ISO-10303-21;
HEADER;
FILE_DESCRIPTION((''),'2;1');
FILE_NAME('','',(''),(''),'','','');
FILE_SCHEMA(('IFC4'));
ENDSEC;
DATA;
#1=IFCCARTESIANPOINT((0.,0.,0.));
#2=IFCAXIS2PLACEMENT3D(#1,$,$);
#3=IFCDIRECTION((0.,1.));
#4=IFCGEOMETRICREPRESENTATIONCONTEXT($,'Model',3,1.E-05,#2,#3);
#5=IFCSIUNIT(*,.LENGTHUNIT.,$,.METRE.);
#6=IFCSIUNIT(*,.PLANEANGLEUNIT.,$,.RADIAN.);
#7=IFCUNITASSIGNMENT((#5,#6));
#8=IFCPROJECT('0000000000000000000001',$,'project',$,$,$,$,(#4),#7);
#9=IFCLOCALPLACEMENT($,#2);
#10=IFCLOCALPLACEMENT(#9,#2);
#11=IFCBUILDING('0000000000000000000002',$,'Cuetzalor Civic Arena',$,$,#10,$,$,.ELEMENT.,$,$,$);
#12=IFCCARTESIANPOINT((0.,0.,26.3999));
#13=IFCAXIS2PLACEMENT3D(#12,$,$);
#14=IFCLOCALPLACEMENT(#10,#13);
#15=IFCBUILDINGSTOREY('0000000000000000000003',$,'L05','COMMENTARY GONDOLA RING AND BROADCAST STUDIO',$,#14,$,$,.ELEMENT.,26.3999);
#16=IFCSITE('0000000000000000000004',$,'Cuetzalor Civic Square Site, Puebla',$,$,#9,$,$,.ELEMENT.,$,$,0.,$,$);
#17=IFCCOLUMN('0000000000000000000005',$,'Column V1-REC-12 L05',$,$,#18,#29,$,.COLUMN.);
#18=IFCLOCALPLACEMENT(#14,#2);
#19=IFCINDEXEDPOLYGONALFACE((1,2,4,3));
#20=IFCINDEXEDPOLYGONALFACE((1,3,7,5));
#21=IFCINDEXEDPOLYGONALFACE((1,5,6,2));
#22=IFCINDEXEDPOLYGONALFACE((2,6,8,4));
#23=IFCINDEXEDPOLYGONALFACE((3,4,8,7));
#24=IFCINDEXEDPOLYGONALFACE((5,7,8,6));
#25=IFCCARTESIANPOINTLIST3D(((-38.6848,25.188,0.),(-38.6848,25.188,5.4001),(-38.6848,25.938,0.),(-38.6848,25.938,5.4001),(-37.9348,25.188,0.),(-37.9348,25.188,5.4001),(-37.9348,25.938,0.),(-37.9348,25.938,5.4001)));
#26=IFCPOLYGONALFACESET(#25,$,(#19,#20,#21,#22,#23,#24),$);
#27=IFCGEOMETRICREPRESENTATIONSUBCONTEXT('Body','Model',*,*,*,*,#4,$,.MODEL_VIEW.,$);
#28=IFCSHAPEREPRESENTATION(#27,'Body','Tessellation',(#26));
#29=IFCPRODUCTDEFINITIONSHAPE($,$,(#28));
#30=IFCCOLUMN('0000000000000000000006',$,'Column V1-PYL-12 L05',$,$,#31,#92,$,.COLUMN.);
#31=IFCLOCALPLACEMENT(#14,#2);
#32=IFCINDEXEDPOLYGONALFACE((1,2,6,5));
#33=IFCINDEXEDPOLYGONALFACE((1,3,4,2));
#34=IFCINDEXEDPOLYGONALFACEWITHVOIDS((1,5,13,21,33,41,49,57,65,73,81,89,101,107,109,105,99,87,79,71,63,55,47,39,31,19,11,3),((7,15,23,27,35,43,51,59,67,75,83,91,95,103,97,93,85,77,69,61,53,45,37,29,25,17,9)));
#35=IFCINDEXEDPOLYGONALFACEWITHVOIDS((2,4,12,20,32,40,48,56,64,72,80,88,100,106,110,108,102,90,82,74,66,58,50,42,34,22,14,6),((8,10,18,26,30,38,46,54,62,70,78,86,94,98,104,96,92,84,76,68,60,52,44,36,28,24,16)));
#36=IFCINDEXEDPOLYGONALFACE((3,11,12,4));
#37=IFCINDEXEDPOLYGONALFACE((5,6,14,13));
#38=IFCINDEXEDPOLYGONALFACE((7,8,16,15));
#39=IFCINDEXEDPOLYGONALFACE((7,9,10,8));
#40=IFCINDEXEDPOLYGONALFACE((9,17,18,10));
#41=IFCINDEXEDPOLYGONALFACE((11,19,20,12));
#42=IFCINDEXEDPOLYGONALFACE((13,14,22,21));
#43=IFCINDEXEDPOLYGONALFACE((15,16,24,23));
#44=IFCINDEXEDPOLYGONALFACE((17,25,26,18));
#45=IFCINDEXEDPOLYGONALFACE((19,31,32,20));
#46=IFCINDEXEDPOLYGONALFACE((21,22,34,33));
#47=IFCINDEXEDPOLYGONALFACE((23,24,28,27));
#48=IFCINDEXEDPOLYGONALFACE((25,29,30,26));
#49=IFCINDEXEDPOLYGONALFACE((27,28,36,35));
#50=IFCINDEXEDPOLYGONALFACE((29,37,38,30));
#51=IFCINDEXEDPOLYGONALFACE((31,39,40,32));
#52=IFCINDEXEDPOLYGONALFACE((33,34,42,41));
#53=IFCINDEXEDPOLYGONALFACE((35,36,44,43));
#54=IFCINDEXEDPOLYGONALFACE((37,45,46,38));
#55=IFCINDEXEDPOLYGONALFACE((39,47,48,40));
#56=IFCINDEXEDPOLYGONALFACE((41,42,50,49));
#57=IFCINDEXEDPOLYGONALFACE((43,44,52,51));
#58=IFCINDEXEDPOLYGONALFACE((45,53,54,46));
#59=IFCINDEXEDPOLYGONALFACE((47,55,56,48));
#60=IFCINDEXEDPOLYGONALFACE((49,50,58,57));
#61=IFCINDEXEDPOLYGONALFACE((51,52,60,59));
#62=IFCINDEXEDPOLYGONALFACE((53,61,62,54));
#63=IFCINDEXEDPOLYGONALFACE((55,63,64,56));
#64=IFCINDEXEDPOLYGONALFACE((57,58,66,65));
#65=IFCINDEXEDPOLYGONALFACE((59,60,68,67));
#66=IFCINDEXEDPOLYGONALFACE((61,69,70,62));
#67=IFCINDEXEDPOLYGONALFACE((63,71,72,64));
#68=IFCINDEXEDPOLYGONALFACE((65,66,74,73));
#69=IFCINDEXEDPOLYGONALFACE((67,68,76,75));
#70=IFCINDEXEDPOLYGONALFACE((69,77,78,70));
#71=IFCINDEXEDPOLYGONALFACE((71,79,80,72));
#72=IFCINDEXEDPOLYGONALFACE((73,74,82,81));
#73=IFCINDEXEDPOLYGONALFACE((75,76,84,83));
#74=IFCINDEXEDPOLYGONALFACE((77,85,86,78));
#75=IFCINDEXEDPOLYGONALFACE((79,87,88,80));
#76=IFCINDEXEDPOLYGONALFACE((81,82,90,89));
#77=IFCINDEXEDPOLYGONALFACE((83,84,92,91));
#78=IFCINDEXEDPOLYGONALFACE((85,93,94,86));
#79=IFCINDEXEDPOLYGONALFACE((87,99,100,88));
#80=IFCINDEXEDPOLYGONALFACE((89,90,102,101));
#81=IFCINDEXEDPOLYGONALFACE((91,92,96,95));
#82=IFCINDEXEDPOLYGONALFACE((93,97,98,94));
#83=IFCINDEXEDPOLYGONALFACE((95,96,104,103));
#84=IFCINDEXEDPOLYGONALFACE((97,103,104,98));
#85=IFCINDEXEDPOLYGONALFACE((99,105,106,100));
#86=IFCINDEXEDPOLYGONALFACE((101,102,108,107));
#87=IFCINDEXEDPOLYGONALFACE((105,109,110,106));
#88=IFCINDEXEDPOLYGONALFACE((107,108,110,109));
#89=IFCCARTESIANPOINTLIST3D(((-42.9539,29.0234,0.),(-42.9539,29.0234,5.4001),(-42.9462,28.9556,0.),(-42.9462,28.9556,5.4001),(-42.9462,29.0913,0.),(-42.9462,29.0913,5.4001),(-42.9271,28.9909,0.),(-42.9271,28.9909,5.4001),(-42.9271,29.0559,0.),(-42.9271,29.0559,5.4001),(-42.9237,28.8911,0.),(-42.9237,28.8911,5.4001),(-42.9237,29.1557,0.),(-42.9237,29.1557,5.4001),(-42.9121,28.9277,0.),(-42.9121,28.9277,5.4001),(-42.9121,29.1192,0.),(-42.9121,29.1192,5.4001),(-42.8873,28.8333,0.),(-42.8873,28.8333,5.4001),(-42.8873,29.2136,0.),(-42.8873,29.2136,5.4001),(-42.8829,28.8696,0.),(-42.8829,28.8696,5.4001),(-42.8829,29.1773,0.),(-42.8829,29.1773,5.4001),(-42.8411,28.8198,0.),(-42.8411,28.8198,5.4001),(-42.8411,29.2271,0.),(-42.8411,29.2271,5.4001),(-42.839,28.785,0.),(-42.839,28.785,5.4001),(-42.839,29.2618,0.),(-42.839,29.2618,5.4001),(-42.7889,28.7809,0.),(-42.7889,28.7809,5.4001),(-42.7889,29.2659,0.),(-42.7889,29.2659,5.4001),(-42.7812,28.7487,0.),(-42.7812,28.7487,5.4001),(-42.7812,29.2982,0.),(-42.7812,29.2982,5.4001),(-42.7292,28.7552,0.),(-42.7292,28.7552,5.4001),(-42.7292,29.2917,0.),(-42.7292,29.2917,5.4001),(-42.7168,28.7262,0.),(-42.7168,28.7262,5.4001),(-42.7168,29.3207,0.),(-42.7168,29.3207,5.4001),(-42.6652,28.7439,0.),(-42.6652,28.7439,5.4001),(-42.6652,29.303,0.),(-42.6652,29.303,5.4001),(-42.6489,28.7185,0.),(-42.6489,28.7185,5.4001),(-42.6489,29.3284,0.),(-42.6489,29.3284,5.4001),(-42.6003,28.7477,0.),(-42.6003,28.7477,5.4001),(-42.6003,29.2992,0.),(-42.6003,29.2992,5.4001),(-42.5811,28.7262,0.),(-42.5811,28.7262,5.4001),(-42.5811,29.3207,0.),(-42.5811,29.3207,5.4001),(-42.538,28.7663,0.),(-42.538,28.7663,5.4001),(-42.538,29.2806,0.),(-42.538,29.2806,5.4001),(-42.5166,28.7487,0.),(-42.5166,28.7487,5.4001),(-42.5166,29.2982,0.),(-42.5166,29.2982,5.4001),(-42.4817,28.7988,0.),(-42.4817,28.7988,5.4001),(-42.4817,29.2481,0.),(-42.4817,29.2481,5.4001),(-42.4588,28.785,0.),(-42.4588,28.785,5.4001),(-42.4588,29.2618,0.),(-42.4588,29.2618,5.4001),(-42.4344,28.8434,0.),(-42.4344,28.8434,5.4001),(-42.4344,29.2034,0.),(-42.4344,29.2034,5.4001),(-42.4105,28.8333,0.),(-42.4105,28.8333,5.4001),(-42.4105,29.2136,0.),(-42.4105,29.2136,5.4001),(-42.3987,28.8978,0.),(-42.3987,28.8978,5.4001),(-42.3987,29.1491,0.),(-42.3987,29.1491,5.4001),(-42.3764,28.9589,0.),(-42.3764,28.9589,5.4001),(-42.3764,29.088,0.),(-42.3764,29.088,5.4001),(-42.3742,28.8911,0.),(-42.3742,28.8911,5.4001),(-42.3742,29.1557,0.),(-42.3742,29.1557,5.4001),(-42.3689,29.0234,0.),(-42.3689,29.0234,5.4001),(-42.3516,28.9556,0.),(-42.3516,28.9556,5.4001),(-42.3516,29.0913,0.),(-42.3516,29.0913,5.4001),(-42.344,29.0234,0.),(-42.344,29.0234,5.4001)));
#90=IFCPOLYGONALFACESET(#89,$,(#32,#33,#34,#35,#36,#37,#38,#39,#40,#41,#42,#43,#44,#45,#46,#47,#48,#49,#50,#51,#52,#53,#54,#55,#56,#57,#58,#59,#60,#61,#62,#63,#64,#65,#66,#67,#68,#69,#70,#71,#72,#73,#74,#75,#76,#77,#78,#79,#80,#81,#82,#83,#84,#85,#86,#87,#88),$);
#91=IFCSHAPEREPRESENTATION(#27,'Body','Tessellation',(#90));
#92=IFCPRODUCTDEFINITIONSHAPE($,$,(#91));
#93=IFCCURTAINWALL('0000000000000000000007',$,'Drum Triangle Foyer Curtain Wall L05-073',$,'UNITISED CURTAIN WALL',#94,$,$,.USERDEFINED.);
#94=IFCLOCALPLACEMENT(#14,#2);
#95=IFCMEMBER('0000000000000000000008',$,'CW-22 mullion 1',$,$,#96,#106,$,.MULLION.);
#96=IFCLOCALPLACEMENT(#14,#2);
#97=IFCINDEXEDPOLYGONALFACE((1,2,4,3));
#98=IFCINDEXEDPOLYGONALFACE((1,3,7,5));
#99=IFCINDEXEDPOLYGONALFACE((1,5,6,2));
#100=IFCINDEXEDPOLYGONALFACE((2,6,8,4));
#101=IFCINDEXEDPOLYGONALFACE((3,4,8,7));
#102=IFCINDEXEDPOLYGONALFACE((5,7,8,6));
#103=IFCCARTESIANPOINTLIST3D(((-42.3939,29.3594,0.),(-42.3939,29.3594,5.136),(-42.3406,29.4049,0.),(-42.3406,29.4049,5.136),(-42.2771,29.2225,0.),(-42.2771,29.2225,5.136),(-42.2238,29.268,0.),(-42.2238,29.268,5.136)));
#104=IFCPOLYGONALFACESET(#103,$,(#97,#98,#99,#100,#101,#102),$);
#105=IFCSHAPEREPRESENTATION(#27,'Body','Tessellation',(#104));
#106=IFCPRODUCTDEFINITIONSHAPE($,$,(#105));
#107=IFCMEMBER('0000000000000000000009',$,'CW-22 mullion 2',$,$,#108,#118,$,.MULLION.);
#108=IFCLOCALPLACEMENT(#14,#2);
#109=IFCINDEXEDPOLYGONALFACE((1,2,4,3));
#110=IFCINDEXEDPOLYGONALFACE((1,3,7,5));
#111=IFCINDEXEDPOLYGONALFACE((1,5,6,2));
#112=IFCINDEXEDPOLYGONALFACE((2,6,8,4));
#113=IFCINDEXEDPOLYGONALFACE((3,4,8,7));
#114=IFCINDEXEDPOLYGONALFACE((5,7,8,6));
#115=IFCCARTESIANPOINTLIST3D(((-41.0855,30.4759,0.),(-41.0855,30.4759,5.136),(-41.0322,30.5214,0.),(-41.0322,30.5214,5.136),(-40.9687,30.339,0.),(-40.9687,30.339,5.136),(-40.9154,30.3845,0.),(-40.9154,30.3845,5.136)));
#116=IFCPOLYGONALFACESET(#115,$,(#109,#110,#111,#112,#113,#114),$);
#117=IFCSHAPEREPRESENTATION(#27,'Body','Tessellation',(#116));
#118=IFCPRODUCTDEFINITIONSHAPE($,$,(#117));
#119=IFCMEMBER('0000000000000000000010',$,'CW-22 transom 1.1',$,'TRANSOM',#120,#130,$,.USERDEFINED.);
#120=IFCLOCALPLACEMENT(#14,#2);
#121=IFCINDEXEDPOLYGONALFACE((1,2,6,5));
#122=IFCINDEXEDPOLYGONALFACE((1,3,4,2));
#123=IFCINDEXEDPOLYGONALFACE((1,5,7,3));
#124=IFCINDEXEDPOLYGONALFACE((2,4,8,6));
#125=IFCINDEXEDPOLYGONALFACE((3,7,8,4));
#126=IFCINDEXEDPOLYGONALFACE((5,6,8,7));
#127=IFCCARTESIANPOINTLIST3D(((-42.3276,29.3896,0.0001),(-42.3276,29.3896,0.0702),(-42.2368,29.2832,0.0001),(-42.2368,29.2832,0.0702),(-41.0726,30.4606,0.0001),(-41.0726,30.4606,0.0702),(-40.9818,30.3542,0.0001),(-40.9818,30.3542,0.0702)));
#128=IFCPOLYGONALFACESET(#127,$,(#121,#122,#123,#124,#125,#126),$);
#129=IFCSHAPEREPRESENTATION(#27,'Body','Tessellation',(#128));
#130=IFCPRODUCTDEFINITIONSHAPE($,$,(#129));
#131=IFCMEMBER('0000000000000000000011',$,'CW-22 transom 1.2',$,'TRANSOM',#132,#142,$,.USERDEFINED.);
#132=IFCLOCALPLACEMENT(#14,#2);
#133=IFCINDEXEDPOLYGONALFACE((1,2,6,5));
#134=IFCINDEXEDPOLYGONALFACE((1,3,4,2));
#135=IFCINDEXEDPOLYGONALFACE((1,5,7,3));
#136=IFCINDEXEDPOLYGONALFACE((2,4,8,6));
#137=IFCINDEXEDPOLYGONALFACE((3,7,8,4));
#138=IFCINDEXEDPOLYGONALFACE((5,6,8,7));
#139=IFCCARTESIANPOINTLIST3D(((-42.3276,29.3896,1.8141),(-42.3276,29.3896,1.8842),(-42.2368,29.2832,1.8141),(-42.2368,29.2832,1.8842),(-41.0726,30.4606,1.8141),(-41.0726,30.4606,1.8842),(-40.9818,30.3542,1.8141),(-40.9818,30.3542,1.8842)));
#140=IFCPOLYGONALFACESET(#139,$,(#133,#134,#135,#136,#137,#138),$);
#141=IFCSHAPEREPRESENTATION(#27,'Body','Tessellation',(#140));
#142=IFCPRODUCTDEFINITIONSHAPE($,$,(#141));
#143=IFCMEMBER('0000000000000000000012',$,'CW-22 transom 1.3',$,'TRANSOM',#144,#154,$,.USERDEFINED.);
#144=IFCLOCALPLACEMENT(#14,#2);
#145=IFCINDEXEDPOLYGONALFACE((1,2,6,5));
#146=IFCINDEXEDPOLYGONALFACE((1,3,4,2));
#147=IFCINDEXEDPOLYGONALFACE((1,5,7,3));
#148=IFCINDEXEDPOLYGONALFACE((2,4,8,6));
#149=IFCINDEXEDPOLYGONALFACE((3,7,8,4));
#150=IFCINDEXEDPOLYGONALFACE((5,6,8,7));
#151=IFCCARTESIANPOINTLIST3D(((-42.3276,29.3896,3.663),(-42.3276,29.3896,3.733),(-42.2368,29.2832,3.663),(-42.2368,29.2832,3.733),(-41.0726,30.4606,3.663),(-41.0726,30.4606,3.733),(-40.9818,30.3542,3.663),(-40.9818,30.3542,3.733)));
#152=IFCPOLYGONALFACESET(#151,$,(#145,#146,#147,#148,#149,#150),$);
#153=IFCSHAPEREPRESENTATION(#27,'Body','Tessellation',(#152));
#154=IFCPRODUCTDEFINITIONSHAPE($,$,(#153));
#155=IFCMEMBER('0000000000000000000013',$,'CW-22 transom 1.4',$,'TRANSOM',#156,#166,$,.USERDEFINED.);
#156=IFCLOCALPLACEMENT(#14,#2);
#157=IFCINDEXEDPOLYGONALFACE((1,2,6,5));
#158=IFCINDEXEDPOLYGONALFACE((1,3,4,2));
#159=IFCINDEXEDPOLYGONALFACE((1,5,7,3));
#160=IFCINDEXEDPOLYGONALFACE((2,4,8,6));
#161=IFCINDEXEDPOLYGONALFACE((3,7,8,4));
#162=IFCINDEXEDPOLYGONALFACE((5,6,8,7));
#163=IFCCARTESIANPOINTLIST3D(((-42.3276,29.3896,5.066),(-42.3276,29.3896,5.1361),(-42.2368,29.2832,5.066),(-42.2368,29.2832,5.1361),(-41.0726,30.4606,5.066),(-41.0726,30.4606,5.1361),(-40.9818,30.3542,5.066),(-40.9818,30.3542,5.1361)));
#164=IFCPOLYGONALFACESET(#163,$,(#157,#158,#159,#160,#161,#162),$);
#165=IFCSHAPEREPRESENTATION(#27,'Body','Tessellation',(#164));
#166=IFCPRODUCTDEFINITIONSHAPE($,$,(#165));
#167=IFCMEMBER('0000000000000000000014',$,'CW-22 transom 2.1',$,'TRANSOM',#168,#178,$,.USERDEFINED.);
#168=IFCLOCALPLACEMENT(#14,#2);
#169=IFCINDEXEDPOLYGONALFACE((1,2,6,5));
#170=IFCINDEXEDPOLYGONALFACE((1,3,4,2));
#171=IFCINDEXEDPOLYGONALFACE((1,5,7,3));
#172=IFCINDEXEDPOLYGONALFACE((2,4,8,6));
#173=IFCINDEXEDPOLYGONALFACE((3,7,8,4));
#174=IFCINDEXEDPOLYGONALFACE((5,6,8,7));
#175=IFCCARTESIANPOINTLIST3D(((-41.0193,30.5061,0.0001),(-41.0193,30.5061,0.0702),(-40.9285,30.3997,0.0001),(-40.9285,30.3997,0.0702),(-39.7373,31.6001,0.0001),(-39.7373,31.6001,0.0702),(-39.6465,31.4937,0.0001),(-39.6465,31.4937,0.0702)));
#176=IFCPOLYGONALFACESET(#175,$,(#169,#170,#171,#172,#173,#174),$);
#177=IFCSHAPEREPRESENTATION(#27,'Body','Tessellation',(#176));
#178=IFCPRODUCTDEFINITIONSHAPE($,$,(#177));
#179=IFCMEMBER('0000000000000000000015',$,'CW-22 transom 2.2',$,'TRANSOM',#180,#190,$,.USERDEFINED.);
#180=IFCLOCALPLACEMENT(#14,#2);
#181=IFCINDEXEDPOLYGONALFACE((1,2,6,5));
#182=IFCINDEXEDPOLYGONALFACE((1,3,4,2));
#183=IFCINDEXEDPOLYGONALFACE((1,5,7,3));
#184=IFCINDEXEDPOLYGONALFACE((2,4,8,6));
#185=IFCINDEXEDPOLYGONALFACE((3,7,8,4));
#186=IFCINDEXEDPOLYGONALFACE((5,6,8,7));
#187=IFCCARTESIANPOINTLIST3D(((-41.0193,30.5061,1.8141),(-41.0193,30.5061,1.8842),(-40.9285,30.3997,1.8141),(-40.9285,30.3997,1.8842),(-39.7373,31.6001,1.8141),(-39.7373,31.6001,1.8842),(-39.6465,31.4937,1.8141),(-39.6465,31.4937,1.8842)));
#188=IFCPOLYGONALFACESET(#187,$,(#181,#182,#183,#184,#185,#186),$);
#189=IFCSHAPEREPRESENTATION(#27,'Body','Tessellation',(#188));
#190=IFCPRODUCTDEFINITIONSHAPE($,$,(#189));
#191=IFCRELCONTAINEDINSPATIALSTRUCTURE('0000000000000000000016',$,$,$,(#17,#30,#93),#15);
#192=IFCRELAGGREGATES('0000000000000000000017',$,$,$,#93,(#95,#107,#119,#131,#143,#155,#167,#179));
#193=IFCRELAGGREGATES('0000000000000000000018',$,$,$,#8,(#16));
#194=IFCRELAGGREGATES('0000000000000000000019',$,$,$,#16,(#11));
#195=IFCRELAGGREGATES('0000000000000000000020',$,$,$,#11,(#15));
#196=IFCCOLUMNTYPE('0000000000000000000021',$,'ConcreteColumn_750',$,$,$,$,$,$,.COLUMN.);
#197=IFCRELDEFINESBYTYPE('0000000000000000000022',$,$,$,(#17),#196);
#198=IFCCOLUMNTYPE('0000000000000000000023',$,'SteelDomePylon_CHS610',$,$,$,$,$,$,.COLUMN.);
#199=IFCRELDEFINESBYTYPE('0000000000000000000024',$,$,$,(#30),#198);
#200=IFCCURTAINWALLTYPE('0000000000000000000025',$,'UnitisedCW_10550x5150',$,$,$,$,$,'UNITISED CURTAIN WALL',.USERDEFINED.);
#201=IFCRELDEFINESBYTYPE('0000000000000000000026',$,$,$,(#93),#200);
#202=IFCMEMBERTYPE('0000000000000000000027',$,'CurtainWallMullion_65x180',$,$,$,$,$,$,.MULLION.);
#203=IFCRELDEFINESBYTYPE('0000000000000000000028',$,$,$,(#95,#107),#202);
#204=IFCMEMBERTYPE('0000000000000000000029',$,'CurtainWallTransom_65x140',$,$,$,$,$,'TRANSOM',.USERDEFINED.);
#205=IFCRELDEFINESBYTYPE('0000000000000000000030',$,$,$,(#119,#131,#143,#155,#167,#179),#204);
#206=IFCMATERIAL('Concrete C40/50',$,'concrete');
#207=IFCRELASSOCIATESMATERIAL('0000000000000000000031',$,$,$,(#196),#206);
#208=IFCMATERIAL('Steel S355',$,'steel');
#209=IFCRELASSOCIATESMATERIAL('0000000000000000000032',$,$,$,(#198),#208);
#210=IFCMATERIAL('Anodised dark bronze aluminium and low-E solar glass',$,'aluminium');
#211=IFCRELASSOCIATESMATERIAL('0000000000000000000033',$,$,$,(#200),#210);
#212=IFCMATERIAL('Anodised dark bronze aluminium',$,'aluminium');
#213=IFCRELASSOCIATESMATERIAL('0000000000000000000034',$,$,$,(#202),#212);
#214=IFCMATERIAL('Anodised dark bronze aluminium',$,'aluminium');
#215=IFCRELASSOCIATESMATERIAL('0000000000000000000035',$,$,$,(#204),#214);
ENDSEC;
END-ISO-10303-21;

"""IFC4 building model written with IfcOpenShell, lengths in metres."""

from ifc_helpers import new_model, si_unit, direction, frame, origin, origin_2d, place, context, subcontext, project, spatial, rectangle, hollow_circle, extrude, material, material_profile, profile_set, type_object, element, aggregate, save


model = new_model("IFC4")

# Units and contexts
model_context = context("Model", 3, precision=1e-05, world=origin(), true_north=direction((0.0, 1.0)))
body_context = subcontext(model_context, "Body", "Model", "MODEL_VIEW")
ifc_project = project(units=[si_unit("LENGTHUNIT", "METRE"), si_unit("PLANEANGLEUNIT", "RADIAN")], contexts=[model_context])

# Site, building, storey
site_placement = place(None, origin())
site = spatial("IfcSite", under=ifc_project, at=site_placement, Name="Cuetzalor Civic Square Site, Puebla", CompositionType="ELEMENT", RefElevation=0.0)
building_placement = place(site_placement, origin())
building = spatial("IfcBuilding", under=site, at=building_placement, Name="Cuetzalor Civic Arena", CompositionType="ELEMENT")
storey_placement = place(building_placement, frame((0.0, 0.0, 26.3999)))
storey = spatial("IfcBuildingStorey", under=building, at=storey_placement, Name="L05", Description="COMMENTARY GONDOLA RING AND BROADCAST STUDIO", CompositionType="ELEMENT", Elevation=26.3999)

# Columns
ifc_material_1 = material(Name="Concrete C40/50", Category="concrete")
ifc_material_profile_1 = material_profile(ifc_material_1, rectangle(XDim=0.75, YDim=0.75, at=origin_2d()), Name="RC 750x750")
ifc_profile_set_1 = profile_set([ifc_material_profile_1], Name="Concrete C40/50")
column_type_1 = type_object("IfcColumnType", Name="ConcreteColumn_750", PredefinedType="COLUMN", material=ifc_profile_set_1)
column_1_placement = place(storey_placement, frame((-38.3098, 25.563, 0.0), z_axis=(0.0, 0.0, 1.0), x_axis=(1.0, 0.0, 0.0)))
element("IfcColumn", 1, at=column_1_placement, inside=storey, type_object=column_type_1, Name="Column V1-REC-12 L05", PredefinedType="COLUMN", context=body_context, shape_type="SweptSolid", body=[
    extrude(rectangle(XDim=0.75, YDim=0.75, at=origin_2d()), origin(), (0.0, 0.0, 1.0), 5.4001),
])
ifc_material_2 = material(Name="Steel S355", Category="steel")
ifc_material_profile_2 = material_profile(ifc_material_2, hollow_circle(Radius=0.3049, WallThickness=0.0249, at=origin_2d()), Name="CHS 610x25")
ifc_profile_set_2 = profile_set([ifc_material_profile_2], Name="Steel S355")
column_type_2 = type_object("IfcColumnType", Name="SteelDomePylon_CHS610", PredefinedType="COLUMN", material=ifc_profile_set_2)
column_2_placement = place(storey_placement, frame((-42.6489, 29.0234, 0.0), z_axis=(0.0, 0.0, 1.0), x_axis=(1.0, 0.0, 0.0)))
element("IfcColumn", 2, at=column_2_placement, inside=storey, type_object=column_type_2, Name="Column V1-PYL-12 L05", PredefinedType="COLUMN", context=body_context, shape_type="SweptSolid", body=[
    extrude(hollow_circle(Radius=0.3049, WallThickness=0.0249, at=origin_2d()), origin(), (0.0, 0.0, 1.0), 5.4001),
])

# Curtain wall, members
ifc_material_3 = material(Name="Anodised dark bronze aluminium and low-E solar glass", Category="aluminium")
curtain_wall_type = type_object("IfcCurtainWallType", Name="UnitisedCW_10550x5150", ElementType="UNITISED CURTAIN WALL", PredefinedType="USERDEFINED", material=ifc_material_3)
curtain_wall_placement = place(storey_placement, origin())
curtain_wall = element("IfcCurtainWall", 3, at=curtain_wall_placement, inside=storey, type_object=curtain_wall_type, Name="Drum Triangle Foyer Curtain Wall L05-073", ObjectType="UNITISED CURTAIN WALL", PredefinedType="USERDEFINED")
ifc_material_4 = material(Name="Anodised dark bronze aluminium", Category="aluminium")
ifc_material_profile_3 = material_profile(ifc_material_4, rectangle(XDim=0.0701, YDim=0.1799, at=origin_2d()), Name="ALU MULLION 70x180")
ifc_profile_set_3 = profile_set([ifc_material_profile_3], Name="Anodised dark bronze aluminium")
member_type_1 = type_object("IfcMemberType", Name="CurtainWallMullion_65x180", PredefinedType="MULLION", material=ifc_profile_set_3)
member_1_placement = place(storey_placement, frame((-42.3088, 29.3137, 0.0), z_axis=(0.0, 0.0, 1.0), x_axis=(0.760677, 0.64913, 0.0)))
member_1 = element("IfcMember", 4, at=member_1_placement, type_object=member_type_1, Name="CW-22 mullion 1", PredefinedType="MULLION", context=body_context, shape_type="SweptSolid", body=[
    extrude(rectangle(XDim=0.0701, YDim=0.1799, at=origin_2d()), origin(), (0.0, 0.0, 1.0), 5.136),
])
member_2_placement = place(storey_placement, frame((-41.0005, 30.4302, 0.0), z_axis=(0.0, 0.0, 1.0), x_axis=(0.760677, 0.64913, 0.0)))
member_2 = element("IfcMember", 5, at=member_2_placement, type_object=member_type_1, Name="CW-22 mullion 2", PredefinedType="MULLION", context=body_context, shape_type="SweptSolid", body=[
    extrude(rectangle(XDim=0.0701, YDim=0.1799, at=origin_2d()), origin(), (0.0, 0.0, 1.0), 5.136),
])
ifc_material_5 = material(Name="Anodised dark bronze aluminium", Category="aluminium")
ifc_material_profile_4 = material_profile(ifc_material_5, rectangle(XDim=0.1399, YDim=0.0701, at=origin_2d()), Name="ALU TRANSOM 70x140")
ifc_profile_set_4 = profile_set([ifc_material_profile_4], Name="Anodised dark bronze aluminium")
member_type_2 = type_object("IfcMemberType", Name="CurtainWallTransom_65x140", ElementType="TRANSOM", PredefinedType="USERDEFINED", material=ifc_profile_set_4)
member_3_placement = place(storey_placement, frame((-42.2822, 29.3364, 0.0352), z_axis=(0.760686, 0.64912, 0.0), x_axis=(-0.64912, 0.760686, 0.0)))
member_3 = element("IfcMember", 6, at=member_3_placement, type_object=member_type_2, Name="CW-22 transom 1.1", ObjectType="TRANSOM", PredefinedType="USERDEFINED", context=body_context, shape_type="SweptSolid", body=[
    extrude(rectangle(XDim=0.1399, YDim=0.0701, at=origin_2d()), origin(), (0.0, 0.0, 1.0), 1.6499),
])
member_4_placement = place(storey_placement, frame((-42.2822, 29.3364, 1.8491), z_axis=(0.760686, 0.64912, 0.0), x_axis=(-0.64912, 0.760686, 0.0)))
member_4 = element("IfcMember", 7, at=member_4_placement, type_object=member_type_2, Name="CW-22 transom 1.2", ObjectType="TRANSOM", PredefinedType="USERDEFINED", context=body_context, shape_type="SweptSolid", body=[
    extrude(rectangle(XDim=0.1399, YDim=0.0701, at=origin_2d()), origin(), (0.0, 0.0, 1.0), 1.6499),
])
member_5_placement = place(storey_placement, frame((-42.2822, 29.3364, 3.698), z_axis=(0.760686, 0.64912, 0.0), x_axis=(-0.64912, 0.760686, 0.0)))
member_5 = element("IfcMember", 8, at=member_5_placement, type_object=member_type_2, Name="CW-22 transom 1.3", ObjectType="TRANSOM", PredefinedType="USERDEFINED", context=body_context, shape_type="SweptSolid", body=[
    extrude(rectangle(XDim=0.1399, YDim=0.0701, at=origin_2d()), origin(), (0.0, 0.0, 1.0), 1.6499),
])
member_6_placement = place(storey_placement, frame((-42.2822, 29.3364, 5.1011), z_axis=(0.760686, 0.64912, 0.0), x_axis=(-0.64912, 0.760686, 0.0)))
member_6 = element("IfcMember", 9, at=member_6_placement, type_object=member_type_2, Name="CW-22 transom 1.4", ObjectType="TRANSOM", PredefinedType="USERDEFINED", context=body_context, shape_type="SweptSolid", body=[
    extrude(rectangle(XDim=0.1399, YDim=0.0701, at=origin_2d()), origin(), (0.0, 0.0, 1.0), 1.6499),
])
member_7_placement = place(storey_placement, frame((-40.9739, 30.4529, 0.0352), z_axis=(0.760676, 0.649132, 0.0), x_axis=(-0.649132, 0.760676, 0.0)))
member_7 = element("IfcMember", 10, at=member_7_placement, type_object=member_type_2, Name="CW-22 transom 2.1", ObjectType="TRANSOM", PredefinedType="USERDEFINED", context=body_context, shape_type="SweptSolid", body=[
    extrude(rectangle(XDim=0.1399, YDim=0.0701, at=origin_2d()), origin(), (0.0, 0.0, 1.0), 1.6853),
])
member_8_placement = place(storey_placement, frame((-40.9739, 30.4529, 1.8491), z_axis=(0.760676, 0.649132, 0.0), x_axis=(-0.649132, 0.760676, 0.0)))
member_8 = element("IfcMember", 11, at=member_8_placement, type_object=member_type_2, Name="CW-22 transom 2.2", ObjectType="TRANSOM", PredefinedType="USERDEFINED", context=body_context, shape_type="SweptSolid", body=[
    extrude(rectangle(XDim=0.1399, YDim=0.0701, at=origin_2d()), origin(), (0.0, 0.0, 1.0), 1.6853),
])
aggregate(curtain_wall, [member_1, member_2, member_3, member_4, member_5, member_6, member_7, member_8])

save(model, "model.ifc")
